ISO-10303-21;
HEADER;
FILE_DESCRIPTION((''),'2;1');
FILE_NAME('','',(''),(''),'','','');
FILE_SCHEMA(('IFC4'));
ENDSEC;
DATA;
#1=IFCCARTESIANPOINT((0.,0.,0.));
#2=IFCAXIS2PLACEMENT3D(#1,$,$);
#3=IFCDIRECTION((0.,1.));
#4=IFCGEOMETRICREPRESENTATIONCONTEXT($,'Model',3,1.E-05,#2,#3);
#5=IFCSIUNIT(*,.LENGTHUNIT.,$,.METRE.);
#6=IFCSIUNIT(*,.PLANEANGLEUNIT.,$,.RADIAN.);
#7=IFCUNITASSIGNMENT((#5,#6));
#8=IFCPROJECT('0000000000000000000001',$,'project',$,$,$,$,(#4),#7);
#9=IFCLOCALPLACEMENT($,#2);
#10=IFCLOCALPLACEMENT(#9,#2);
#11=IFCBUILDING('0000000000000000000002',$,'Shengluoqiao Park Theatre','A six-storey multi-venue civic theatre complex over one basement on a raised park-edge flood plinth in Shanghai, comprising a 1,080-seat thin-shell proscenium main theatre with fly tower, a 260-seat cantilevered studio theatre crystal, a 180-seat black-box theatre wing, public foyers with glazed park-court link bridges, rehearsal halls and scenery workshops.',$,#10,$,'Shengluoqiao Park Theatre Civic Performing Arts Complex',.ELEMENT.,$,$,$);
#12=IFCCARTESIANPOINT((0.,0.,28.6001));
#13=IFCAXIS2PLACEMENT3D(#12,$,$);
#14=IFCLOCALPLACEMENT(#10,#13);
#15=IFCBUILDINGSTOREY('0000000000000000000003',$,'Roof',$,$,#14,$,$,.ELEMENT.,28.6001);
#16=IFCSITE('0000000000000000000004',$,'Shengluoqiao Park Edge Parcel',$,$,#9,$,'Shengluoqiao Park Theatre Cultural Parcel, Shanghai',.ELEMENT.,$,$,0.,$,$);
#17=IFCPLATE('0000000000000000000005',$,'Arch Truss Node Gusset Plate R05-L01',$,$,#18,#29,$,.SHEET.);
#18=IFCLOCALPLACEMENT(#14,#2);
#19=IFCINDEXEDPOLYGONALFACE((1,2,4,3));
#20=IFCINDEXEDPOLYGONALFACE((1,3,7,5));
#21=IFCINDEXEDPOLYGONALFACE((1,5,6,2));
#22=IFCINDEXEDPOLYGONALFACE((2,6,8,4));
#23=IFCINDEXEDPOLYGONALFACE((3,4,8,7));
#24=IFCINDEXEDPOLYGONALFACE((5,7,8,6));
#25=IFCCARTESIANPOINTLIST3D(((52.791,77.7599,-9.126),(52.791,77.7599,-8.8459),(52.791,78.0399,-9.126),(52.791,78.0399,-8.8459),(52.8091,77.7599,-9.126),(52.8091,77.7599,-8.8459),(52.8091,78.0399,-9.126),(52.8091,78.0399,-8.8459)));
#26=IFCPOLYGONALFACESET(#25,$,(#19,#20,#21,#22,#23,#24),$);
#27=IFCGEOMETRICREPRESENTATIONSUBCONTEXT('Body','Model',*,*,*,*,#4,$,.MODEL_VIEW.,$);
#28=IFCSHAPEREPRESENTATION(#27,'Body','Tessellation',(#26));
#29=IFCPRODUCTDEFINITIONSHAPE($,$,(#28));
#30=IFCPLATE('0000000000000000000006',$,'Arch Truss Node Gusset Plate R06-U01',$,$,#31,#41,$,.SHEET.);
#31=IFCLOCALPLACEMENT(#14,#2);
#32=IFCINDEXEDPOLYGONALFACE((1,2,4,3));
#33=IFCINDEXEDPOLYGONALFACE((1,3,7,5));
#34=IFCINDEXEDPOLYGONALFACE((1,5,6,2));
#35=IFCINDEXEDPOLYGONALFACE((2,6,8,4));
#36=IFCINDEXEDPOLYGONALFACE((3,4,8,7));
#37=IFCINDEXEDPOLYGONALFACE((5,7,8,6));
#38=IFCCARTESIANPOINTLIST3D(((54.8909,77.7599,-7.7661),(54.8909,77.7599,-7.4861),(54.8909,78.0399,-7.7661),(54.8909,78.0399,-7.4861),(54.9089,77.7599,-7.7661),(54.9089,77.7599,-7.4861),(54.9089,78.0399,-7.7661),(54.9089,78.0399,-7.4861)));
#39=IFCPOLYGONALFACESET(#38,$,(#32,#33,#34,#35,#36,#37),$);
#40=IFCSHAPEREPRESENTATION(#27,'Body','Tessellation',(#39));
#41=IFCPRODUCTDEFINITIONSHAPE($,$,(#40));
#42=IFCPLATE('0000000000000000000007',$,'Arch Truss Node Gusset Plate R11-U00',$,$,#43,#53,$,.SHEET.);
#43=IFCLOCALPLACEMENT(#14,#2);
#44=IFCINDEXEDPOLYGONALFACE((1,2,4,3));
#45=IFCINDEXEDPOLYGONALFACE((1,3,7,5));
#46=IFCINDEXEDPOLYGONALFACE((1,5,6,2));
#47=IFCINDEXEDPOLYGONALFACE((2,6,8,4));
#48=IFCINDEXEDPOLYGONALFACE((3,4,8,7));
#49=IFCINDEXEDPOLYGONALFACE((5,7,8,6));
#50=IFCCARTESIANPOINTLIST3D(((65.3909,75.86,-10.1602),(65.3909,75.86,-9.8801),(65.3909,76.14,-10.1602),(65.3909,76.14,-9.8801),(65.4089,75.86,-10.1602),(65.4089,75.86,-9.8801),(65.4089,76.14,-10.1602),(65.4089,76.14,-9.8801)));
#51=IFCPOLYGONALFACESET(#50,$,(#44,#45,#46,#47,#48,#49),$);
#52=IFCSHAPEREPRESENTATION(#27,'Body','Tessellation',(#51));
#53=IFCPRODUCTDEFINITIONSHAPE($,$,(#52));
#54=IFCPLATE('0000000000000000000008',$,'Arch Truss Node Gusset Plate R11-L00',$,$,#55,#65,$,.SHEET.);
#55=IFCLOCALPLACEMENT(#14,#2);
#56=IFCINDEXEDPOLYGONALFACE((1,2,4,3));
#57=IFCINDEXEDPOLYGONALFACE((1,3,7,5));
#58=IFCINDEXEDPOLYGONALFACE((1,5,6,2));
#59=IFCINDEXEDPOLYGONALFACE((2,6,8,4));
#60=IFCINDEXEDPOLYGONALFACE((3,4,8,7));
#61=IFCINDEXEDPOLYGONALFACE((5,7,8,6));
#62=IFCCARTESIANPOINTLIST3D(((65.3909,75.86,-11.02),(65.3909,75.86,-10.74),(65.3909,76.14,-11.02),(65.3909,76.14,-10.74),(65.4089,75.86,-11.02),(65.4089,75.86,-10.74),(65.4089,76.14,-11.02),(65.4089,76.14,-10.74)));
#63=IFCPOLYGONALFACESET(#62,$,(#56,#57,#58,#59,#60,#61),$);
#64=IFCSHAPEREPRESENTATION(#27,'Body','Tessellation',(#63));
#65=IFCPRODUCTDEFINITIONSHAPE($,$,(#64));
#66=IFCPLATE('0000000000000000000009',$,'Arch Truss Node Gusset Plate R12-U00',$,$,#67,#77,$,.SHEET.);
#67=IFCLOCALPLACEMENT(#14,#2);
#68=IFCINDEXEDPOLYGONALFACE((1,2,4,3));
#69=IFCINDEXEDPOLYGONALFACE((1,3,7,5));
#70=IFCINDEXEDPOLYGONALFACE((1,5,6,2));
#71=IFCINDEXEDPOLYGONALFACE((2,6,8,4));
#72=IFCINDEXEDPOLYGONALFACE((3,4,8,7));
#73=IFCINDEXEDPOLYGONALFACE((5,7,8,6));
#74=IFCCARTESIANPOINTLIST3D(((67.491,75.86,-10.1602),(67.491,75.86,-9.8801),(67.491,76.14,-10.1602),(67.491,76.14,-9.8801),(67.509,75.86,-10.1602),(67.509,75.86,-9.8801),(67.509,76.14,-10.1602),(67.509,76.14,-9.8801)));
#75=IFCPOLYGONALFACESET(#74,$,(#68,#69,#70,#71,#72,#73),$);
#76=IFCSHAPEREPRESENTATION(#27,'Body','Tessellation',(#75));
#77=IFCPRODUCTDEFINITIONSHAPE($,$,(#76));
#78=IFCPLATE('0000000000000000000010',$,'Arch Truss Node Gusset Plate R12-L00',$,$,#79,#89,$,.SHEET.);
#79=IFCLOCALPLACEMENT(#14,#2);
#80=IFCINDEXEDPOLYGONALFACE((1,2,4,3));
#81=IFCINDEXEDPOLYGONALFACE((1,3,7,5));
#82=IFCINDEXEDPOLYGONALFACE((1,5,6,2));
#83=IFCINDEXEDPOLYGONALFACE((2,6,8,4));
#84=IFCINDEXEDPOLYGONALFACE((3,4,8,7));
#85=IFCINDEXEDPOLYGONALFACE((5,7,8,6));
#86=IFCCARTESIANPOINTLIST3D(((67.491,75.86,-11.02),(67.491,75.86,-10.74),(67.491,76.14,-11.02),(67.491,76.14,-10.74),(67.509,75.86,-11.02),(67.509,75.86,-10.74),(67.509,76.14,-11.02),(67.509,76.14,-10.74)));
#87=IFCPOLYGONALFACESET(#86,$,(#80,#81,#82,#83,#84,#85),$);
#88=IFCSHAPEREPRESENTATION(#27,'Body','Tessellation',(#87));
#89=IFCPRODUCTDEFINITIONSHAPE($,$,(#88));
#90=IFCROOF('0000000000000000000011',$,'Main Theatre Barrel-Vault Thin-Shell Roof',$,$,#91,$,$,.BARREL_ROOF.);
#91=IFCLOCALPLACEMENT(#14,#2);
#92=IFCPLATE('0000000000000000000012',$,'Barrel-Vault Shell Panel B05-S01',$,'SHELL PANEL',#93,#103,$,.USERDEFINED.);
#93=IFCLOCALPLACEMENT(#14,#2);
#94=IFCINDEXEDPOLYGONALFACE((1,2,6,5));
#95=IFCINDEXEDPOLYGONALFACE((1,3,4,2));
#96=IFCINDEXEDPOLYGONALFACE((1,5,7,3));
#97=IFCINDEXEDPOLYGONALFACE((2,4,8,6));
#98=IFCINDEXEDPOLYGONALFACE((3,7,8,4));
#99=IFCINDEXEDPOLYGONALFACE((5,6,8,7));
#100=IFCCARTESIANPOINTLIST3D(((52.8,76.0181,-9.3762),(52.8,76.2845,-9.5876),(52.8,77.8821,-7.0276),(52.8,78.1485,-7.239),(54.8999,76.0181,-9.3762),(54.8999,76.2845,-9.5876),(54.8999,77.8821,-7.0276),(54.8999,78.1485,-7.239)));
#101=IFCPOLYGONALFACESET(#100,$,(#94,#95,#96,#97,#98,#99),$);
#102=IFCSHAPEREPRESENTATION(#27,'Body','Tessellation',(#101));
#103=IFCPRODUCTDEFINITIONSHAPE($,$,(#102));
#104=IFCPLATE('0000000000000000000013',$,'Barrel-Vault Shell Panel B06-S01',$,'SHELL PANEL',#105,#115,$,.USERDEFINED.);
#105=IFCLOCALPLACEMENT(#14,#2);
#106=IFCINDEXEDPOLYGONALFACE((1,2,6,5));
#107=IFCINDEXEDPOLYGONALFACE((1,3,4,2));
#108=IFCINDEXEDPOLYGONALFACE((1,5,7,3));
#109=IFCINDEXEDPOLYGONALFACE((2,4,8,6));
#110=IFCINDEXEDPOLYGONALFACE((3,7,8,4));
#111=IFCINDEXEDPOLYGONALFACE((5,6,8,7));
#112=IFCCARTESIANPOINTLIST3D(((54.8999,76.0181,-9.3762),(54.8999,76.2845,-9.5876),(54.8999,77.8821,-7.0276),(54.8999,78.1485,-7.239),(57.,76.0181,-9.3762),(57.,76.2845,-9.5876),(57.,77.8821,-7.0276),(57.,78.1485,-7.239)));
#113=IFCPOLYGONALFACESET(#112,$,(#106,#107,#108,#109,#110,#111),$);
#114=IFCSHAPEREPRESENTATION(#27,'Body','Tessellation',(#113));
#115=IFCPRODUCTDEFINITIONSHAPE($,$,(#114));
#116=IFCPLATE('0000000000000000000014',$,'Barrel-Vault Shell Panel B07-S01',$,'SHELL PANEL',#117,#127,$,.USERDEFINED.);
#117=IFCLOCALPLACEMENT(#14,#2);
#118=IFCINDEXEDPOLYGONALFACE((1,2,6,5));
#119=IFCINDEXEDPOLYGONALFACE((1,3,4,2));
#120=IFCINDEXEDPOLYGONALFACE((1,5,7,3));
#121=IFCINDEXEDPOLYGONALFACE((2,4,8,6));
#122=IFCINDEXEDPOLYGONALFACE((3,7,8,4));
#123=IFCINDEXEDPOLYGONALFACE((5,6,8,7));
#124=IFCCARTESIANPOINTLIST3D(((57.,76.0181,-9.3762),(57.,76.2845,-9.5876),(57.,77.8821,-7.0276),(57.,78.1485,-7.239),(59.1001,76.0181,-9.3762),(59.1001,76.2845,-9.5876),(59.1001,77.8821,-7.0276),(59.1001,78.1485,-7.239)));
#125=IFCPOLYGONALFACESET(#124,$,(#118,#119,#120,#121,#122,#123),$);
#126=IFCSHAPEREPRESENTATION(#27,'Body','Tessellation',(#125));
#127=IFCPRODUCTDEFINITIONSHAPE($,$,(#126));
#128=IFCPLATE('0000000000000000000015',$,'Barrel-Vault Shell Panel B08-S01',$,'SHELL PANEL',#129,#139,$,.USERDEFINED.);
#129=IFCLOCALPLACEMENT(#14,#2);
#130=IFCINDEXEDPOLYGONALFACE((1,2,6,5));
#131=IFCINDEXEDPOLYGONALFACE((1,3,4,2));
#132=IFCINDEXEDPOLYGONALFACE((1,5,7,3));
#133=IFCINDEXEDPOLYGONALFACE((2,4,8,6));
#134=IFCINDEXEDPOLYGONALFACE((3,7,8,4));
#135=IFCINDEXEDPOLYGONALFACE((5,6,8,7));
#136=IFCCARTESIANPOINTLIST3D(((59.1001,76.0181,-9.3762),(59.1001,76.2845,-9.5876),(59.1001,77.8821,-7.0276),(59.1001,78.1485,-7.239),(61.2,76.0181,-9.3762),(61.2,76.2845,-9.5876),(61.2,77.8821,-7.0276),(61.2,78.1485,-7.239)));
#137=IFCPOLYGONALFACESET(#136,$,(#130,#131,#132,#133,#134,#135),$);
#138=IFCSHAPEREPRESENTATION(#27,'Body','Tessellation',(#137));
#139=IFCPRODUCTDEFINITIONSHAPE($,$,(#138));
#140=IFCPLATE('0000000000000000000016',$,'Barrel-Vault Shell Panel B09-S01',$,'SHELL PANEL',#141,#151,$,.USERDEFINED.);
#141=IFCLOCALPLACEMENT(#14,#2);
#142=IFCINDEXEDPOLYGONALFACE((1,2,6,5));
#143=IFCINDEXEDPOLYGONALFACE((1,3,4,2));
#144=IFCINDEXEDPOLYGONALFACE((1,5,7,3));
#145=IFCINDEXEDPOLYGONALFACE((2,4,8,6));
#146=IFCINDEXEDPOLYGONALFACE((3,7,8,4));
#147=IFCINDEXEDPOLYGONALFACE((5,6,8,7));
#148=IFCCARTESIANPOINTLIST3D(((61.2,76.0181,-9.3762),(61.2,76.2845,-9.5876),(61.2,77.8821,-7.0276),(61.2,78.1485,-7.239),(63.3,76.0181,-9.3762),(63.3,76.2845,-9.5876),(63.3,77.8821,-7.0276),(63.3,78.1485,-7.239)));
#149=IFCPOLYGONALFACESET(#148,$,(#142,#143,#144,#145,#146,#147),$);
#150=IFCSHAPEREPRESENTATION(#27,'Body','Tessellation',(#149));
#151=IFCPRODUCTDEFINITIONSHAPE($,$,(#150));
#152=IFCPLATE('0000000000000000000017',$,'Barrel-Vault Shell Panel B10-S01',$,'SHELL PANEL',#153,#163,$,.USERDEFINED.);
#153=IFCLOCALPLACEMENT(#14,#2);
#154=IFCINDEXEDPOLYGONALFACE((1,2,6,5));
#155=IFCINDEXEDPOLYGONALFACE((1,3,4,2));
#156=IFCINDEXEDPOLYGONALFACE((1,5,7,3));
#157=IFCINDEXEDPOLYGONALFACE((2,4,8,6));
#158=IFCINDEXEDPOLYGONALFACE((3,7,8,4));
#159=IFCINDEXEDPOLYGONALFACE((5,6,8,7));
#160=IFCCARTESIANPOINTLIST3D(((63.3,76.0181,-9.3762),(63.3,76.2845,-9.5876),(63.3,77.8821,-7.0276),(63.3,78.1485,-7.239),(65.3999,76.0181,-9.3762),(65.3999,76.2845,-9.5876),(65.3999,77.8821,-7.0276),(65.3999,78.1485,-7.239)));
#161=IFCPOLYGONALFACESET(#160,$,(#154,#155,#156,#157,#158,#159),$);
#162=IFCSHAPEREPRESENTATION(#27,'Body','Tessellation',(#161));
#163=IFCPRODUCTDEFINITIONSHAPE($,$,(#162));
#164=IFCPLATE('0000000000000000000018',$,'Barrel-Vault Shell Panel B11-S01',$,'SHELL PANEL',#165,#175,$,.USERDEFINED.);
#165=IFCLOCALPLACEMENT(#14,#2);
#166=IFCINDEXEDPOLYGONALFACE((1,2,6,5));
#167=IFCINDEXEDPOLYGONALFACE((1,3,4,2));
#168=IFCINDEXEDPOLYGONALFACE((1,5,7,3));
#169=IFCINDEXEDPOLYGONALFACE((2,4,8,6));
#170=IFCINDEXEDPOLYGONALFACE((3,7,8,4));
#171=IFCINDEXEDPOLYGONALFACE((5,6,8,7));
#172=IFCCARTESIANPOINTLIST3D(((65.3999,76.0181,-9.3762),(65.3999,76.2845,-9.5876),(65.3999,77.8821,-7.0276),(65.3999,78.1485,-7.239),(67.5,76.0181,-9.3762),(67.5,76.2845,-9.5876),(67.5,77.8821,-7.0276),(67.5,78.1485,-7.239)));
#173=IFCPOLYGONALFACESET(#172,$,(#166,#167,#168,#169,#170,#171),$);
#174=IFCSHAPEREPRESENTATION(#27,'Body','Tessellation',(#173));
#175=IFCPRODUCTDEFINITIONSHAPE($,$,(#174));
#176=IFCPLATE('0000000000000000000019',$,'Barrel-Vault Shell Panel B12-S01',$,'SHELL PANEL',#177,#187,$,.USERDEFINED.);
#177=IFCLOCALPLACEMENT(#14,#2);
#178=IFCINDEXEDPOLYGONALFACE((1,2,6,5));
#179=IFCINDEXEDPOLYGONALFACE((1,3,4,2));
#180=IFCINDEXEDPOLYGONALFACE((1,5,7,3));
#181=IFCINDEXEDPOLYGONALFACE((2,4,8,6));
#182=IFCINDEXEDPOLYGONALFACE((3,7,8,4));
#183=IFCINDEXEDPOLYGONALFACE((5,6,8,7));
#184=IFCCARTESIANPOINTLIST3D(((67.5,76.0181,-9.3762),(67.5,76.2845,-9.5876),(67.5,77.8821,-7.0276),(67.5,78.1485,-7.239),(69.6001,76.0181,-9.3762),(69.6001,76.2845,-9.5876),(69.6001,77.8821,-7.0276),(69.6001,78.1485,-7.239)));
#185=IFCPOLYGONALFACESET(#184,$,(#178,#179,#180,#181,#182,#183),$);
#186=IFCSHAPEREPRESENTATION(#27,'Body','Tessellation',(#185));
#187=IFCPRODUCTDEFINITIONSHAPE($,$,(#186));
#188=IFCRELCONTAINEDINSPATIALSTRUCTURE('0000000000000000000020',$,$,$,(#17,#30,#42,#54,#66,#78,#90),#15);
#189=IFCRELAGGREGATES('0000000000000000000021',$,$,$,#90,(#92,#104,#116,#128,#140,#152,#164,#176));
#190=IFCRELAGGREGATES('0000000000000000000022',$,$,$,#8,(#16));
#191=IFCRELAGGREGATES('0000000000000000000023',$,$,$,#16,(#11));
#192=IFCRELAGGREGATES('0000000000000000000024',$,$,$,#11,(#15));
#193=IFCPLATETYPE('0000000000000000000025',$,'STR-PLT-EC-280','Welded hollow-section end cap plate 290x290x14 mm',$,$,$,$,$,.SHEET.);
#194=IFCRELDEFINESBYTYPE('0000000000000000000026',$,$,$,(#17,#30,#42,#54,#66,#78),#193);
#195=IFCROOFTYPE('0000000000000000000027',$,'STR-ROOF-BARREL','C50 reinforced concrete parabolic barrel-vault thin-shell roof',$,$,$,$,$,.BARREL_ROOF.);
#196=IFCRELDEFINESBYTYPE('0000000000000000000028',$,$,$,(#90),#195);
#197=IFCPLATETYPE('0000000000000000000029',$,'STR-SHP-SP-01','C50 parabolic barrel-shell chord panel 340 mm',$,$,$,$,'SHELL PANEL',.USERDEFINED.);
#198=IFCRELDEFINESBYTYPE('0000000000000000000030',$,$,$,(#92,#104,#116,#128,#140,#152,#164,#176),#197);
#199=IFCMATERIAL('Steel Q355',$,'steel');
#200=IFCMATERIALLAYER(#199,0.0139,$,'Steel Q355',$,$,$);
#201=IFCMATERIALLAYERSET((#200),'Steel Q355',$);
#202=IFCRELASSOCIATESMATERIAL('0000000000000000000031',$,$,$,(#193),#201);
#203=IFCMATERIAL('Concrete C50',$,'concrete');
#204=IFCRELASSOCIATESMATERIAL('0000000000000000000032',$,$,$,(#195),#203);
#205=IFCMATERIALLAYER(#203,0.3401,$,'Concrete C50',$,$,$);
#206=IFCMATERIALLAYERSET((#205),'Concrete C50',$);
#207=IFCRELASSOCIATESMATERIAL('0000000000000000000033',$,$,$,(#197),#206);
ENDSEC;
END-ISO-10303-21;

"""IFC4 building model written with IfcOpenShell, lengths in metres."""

from ifc_helpers import new_model, si_unit, direction, frame, origin, origin_2d, place, context, subcontext, project, spatial, polyline, rectangle, outline, extrude, material, layer, layer_set, type_object, element, aggregate, save


model = new_model("IFC4")

# Units and contexts
model_context = context("Model", 3, precision=1e-05, world=origin(), true_north=direction((0.0, 1.0)))
body_context = subcontext(model_context, "Body", "Model", "MODEL_VIEW")
ifc_project = project(units=[si_unit("LENGTHUNIT", "METRE"), si_unit("PLANEANGLEUNIT", "RADIAN")], contexts=[model_context])

# Site, building, storey
site_placement = place(None, origin())
site = spatial("IfcSite", under=ifc_project, at=site_placement, Name="Shengluoqiao Park Edge Parcel", LongName="Shengluoqiao Park Theatre Cultural Parcel, Shanghai", CompositionType="ELEMENT", RefElevation=0.0)
building_placement = place(site_placement, origin())
building = spatial("IfcBuilding", under=site, at=building_placement, Name="Shengluoqiao Park Theatre", Description="A six-storey multi-venue civic theatre complex over one basement on a raised park-edge flood plinth in Shanghai, comprising a 1,080-seat thin-shell proscenium main theatre with fly tower, a 260-seat cantilevered studio theatre crystal, a 180-seat black-box theatre wing, public foyers with glazed park-court link bridges, rehearsal halls and scenery workshops.", LongName="Shengluoqiao Park Theatre Civic Performing Arts Complex", CompositionType="ELEMENT")
storey_placement = place(building_placement, frame((0.0, 0.0, 28.6001)))
storey = spatial("IfcBuildingStorey", under=building, at=storey_placement, Name="Roof", CompositionType="ELEMENT", Elevation=28.6001)

# Shared definitions
ifc_material_1 = material(Name="Concrete C50", Category="concrete")
ifc_material_2 = material(Name="Steel Q355", Category="steel")

# Plates
ifc_layer_1 = layer(ifc_material_2, 0.0139, Name="Steel Q355")
ifc_layer_set_1 = layer_set([ifc_layer_1], Name="Steel Q355")
plate_type_1 = type_object("IfcPlateType", Name="STR-PLT-EC-280", Description="Welded hollow-section end cap plate 290x290x14 mm", PredefinedType="SHEET", material=ifc_layer_set_1)
for number, where, z_axis, x_axis, name in (
    (1, (52.8, 77.8999, -9.126), (0.0, 0.0, 1.0), (1.0, 0.0, 0.0), "Arch Truss Node Gusset Plate R05-L01"),
    (2, (54.8999, 77.8999, -7.7661), (0.0, 0.0, 1.0), (1.0, 0.0, 0.0), "Arch Truss Node Gusset Plate R06-U01"),
    (3, (65.3999, 76.0, -10.1602), (0.0, 0.0, 1.0), (1.0, 0.0, 0.0), "Arch Truss Node Gusset Plate R11-U00"),
    (4, (65.3999, 76.0, -11.02), (0.0, 0.0, 1.0), (1.0, 0.0, 0.0), "Arch Truss Node Gusset Plate R11-L00"),
    (5, (67.5, 76.0, -10.1602), (0.0, 0.0, 1.0), (1.0, 0.0, 0.0), "Arch Truss Node Gusset Plate R12-U00"),
    (6, (67.5, 76.0, -11.02), (0.0, 0.0, 1.0), (1.0, 0.0, 0.0), "Arch Truss Node Gusset Plate R12-L00"),
):
    element("IfcPlate", number, at=place(storey_placement, frame(where, z_axis=z_axis, x_axis=x_axis)), inside=storey, type_object=plate_type_1, Name=name, PredefinedType="SHEET", context=body_context, shape_type="SweptSolid", body=[
        extrude(rectangle(XDim=0.0181, YDim=0.28, at=origin_2d()), origin(), (0.0, 0.0, 1.0), 0.28),
    ])

# Roof, plates
roof_type = type_object("IfcRoofType", Name="STR-ROOF-BARREL", Description="C50 reinforced concrete parabolic barrel-vault thin-shell roof", PredefinedType="BARREL_ROOF", material=ifc_material_1)
roof_placement = place(storey_placement, origin())
roof = element("IfcRoof", 7, at=roof_placement, inside=storey, type_object=roof_type, Name="Main Theatre Barrel-Vault Thin-Shell Roof", PredefinedType="BARREL_ROOF")
ifc_layer_2 = layer(ifc_material_1, 0.3401, Name="Concrete C50")
ifc_layer_set_2 = layer_set([ifc_layer_2], Name="Concrete C50")
plate_type_2 = type_object("IfcPlateType", Name="STR-SHP-SP-01", Description="C50 parabolic barrel-shell chord panel 340 mm", ElementType="SHELL PANEL", PredefinedType="USERDEFINED", material=ifc_layer_set_2)
plate_1_placement = place(storey_placement, frame((52.8, 76.0181, -9.3762), z_axis=(0.0, -0.783286, 0.621662), x_axis=(1.0, 0.0, 0.0)))
plate_1 = element("IfcPlate", 8, at=plate_1_placement, type_object=plate_type_2, Name="Barrel-Vault Shell Panel B05-S01", ObjectType="SHELL PANEL", PredefinedType="USERDEFINED", context=body_context, shape_type="SweptSolid", body=[
    extrude(outline(polyline([(0.0, 0.0), (2.0999, 0.0), (2.0999, 2.9984), (0.0, 2.9984), (0.0, 0.0)])), origin(), (0.0, 0.0, -1.0), 0.3401),
])
plate_2_placement = place(storey_placement, frame((54.8999, 76.0181, -9.3762), z_axis=(0.0, -0.783286, 0.621662), x_axis=(1.0, 0.0, 0.0)))
plate_2 = element("IfcPlate", 9, at=plate_2_placement, type_object=plate_type_2, Name="Barrel-Vault Shell Panel B06-S01", ObjectType="SHELL PANEL", PredefinedType="USERDEFINED", context=body_context, shape_type="SweptSolid", body=[
    extrude(outline(polyline([(0.0, 0.0), (2.1001, 0.0), (2.1001, 2.9984), (0.0, 2.9984), (0.0, 0.0)])), origin(), (0.0, 0.0, -1.0), 0.3401),
])
plate_3_placement = place(storey_placement, frame((57.0, 76.0181, -9.3762), z_axis=(0.0, -0.783286, 0.621662), x_axis=(1.0, 0.0, 0.0)))
plate_3 = element("IfcPlate", 10, at=plate_3_placement, type_object=plate_type_2, Name="Barrel-Vault Shell Panel B07-S01", ObjectType="SHELL PANEL", PredefinedType="USERDEFINED", context=body_context, shape_type="SweptSolid", body=[
    extrude(outline(polyline([(0.0, 0.0), (2.1001, 0.0), (2.1001, 2.9984), (0.0, 2.9984), (0.0, 0.0)])), origin(), (0.0, 0.0, -1.0), 0.3401),
])
plate_4_placement = place(storey_placement, frame((59.1001, 76.0181, -9.3762), z_axis=(0.0, -0.783286, 0.621662), x_axis=(1.0, 0.0, 0.0)))
plate_4 = element("IfcPlate", 11, at=plate_4_placement, type_object=plate_type_2, Name="Barrel-Vault Shell Panel B08-S01", ObjectType="SHELL PANEL", PredefinedType="USERDEFINED", context=body_context, shape_type="SweptSolid", body=[
    extrude(outline(polyline([(0.0, 0.0), (2.0999, 0.0), (2.0999, 2.9984), (0.0, 2.9984), (0.0, 0.0)])), origin(), (0.0, 0.0, -1.0), 0.3401),
])
plate_5_placement = place(storey_placement, frame((61.2, 76.0181, -9.3762), z_axis=(0.0, -0.783286, 0.621662), x_axis=(1.0, 0.0, 0.0)))
plate_5 = element("IfcPlate", 12, at=plate_5_placement, type_object=plate_type_2, Name="Barrel-Vault Shell Panel B09-S01", ObjectType="SHELL PANEL", PredefinedType="USERDEFINED", context=body_context, shape_type="SweptSolid", body=[
    extrude(outline(polyline([(0.0, 0.0), (2.1001, 0.0), (2.1001, 2.9984), (0.0, 2.9984), (0.0, 0.0)])), origin(), (0.0, 0.0, -1.0), 0.3401),
])
plate_6_placement = place(storey_placement, frame((63.3, 76.0181, -9.3762), z_axis=(0.0, -0.783286, 0.621662), x_axis=(1.0, 0.0, 0.0)))
plate_6 = element("IfcPlate", 13, at=plate_6_placement, type_object=plate_type_2, Name="Barrel-Vault Shell Panel B10-S01", ObjectType="SHELL PANEL", PredefinedType="USERDEFINED", context=body_context, shape_type="SweptSolid", body=[
    extrude(outline(polyline([(0.0, 0.0), (2.0999, 0.0), (2.0999, 2.9984), (0.0, 2.9984), (0.0, 0.0)])), origin(), (0.0, 0.0, -1.0), 0.3401),
])
plate_7_placement = place(storey_placement, frame((65.3999, 76.0181, -9.3762), z_axis=(0.0, -0.783286, 0.621662), x_axis=(1.0, 0.0, 0.0)))
plate_7 = element("IfcPlate", 14, at=plate_7_placement, type_object=plate_type_2, Name="Barrel-Vault Shell Panel B11-S01", ObjectType="SHELL PANEL", PredefinedType="USERDEFINED", context=body_context, shape_type="SweptSolid", body=[
    extrude(outline(polyline([(0.0, 0.0), (2.1001, 0.0), (2.1001, 2.9984), (0.0, 2.9984), (0.0, 0.0)])), origin(), (0.0, 0.0, -1.0), 0.3401),
])
plate_8_placement = place(storey_placement, frame((67.5, 76.0181, -9.3762), z_axis=(0.0, -0.783286, 0.621662), x_axis=(1.0, 0.0, 0.0)))
plate_8 = element("IfcPlate", 15, at=plate_8_placement, type_object=plate_type_2, Name="Barrel-Vault Shell Panel B12-S01", ObjectType="SHELL PANEL", PredefinedType="USERDEFINED", context=body_context, shape_type="SweptSolid", body=[
    extrude(outline(polyline([(0.0, 0.0), (2.1001, 0.0), (2.1001, 2.9984), (0.0, 2.9984), (0.0, 0.0)])), origin(), (0.0, 0.0, -1.0), 0.3401),
])
aggregate(roof, [plate_1, plate_2, plate_3, plate_4, plate_5, plate_6, plate_7, plate_8])

save(model, "model.ifc")
